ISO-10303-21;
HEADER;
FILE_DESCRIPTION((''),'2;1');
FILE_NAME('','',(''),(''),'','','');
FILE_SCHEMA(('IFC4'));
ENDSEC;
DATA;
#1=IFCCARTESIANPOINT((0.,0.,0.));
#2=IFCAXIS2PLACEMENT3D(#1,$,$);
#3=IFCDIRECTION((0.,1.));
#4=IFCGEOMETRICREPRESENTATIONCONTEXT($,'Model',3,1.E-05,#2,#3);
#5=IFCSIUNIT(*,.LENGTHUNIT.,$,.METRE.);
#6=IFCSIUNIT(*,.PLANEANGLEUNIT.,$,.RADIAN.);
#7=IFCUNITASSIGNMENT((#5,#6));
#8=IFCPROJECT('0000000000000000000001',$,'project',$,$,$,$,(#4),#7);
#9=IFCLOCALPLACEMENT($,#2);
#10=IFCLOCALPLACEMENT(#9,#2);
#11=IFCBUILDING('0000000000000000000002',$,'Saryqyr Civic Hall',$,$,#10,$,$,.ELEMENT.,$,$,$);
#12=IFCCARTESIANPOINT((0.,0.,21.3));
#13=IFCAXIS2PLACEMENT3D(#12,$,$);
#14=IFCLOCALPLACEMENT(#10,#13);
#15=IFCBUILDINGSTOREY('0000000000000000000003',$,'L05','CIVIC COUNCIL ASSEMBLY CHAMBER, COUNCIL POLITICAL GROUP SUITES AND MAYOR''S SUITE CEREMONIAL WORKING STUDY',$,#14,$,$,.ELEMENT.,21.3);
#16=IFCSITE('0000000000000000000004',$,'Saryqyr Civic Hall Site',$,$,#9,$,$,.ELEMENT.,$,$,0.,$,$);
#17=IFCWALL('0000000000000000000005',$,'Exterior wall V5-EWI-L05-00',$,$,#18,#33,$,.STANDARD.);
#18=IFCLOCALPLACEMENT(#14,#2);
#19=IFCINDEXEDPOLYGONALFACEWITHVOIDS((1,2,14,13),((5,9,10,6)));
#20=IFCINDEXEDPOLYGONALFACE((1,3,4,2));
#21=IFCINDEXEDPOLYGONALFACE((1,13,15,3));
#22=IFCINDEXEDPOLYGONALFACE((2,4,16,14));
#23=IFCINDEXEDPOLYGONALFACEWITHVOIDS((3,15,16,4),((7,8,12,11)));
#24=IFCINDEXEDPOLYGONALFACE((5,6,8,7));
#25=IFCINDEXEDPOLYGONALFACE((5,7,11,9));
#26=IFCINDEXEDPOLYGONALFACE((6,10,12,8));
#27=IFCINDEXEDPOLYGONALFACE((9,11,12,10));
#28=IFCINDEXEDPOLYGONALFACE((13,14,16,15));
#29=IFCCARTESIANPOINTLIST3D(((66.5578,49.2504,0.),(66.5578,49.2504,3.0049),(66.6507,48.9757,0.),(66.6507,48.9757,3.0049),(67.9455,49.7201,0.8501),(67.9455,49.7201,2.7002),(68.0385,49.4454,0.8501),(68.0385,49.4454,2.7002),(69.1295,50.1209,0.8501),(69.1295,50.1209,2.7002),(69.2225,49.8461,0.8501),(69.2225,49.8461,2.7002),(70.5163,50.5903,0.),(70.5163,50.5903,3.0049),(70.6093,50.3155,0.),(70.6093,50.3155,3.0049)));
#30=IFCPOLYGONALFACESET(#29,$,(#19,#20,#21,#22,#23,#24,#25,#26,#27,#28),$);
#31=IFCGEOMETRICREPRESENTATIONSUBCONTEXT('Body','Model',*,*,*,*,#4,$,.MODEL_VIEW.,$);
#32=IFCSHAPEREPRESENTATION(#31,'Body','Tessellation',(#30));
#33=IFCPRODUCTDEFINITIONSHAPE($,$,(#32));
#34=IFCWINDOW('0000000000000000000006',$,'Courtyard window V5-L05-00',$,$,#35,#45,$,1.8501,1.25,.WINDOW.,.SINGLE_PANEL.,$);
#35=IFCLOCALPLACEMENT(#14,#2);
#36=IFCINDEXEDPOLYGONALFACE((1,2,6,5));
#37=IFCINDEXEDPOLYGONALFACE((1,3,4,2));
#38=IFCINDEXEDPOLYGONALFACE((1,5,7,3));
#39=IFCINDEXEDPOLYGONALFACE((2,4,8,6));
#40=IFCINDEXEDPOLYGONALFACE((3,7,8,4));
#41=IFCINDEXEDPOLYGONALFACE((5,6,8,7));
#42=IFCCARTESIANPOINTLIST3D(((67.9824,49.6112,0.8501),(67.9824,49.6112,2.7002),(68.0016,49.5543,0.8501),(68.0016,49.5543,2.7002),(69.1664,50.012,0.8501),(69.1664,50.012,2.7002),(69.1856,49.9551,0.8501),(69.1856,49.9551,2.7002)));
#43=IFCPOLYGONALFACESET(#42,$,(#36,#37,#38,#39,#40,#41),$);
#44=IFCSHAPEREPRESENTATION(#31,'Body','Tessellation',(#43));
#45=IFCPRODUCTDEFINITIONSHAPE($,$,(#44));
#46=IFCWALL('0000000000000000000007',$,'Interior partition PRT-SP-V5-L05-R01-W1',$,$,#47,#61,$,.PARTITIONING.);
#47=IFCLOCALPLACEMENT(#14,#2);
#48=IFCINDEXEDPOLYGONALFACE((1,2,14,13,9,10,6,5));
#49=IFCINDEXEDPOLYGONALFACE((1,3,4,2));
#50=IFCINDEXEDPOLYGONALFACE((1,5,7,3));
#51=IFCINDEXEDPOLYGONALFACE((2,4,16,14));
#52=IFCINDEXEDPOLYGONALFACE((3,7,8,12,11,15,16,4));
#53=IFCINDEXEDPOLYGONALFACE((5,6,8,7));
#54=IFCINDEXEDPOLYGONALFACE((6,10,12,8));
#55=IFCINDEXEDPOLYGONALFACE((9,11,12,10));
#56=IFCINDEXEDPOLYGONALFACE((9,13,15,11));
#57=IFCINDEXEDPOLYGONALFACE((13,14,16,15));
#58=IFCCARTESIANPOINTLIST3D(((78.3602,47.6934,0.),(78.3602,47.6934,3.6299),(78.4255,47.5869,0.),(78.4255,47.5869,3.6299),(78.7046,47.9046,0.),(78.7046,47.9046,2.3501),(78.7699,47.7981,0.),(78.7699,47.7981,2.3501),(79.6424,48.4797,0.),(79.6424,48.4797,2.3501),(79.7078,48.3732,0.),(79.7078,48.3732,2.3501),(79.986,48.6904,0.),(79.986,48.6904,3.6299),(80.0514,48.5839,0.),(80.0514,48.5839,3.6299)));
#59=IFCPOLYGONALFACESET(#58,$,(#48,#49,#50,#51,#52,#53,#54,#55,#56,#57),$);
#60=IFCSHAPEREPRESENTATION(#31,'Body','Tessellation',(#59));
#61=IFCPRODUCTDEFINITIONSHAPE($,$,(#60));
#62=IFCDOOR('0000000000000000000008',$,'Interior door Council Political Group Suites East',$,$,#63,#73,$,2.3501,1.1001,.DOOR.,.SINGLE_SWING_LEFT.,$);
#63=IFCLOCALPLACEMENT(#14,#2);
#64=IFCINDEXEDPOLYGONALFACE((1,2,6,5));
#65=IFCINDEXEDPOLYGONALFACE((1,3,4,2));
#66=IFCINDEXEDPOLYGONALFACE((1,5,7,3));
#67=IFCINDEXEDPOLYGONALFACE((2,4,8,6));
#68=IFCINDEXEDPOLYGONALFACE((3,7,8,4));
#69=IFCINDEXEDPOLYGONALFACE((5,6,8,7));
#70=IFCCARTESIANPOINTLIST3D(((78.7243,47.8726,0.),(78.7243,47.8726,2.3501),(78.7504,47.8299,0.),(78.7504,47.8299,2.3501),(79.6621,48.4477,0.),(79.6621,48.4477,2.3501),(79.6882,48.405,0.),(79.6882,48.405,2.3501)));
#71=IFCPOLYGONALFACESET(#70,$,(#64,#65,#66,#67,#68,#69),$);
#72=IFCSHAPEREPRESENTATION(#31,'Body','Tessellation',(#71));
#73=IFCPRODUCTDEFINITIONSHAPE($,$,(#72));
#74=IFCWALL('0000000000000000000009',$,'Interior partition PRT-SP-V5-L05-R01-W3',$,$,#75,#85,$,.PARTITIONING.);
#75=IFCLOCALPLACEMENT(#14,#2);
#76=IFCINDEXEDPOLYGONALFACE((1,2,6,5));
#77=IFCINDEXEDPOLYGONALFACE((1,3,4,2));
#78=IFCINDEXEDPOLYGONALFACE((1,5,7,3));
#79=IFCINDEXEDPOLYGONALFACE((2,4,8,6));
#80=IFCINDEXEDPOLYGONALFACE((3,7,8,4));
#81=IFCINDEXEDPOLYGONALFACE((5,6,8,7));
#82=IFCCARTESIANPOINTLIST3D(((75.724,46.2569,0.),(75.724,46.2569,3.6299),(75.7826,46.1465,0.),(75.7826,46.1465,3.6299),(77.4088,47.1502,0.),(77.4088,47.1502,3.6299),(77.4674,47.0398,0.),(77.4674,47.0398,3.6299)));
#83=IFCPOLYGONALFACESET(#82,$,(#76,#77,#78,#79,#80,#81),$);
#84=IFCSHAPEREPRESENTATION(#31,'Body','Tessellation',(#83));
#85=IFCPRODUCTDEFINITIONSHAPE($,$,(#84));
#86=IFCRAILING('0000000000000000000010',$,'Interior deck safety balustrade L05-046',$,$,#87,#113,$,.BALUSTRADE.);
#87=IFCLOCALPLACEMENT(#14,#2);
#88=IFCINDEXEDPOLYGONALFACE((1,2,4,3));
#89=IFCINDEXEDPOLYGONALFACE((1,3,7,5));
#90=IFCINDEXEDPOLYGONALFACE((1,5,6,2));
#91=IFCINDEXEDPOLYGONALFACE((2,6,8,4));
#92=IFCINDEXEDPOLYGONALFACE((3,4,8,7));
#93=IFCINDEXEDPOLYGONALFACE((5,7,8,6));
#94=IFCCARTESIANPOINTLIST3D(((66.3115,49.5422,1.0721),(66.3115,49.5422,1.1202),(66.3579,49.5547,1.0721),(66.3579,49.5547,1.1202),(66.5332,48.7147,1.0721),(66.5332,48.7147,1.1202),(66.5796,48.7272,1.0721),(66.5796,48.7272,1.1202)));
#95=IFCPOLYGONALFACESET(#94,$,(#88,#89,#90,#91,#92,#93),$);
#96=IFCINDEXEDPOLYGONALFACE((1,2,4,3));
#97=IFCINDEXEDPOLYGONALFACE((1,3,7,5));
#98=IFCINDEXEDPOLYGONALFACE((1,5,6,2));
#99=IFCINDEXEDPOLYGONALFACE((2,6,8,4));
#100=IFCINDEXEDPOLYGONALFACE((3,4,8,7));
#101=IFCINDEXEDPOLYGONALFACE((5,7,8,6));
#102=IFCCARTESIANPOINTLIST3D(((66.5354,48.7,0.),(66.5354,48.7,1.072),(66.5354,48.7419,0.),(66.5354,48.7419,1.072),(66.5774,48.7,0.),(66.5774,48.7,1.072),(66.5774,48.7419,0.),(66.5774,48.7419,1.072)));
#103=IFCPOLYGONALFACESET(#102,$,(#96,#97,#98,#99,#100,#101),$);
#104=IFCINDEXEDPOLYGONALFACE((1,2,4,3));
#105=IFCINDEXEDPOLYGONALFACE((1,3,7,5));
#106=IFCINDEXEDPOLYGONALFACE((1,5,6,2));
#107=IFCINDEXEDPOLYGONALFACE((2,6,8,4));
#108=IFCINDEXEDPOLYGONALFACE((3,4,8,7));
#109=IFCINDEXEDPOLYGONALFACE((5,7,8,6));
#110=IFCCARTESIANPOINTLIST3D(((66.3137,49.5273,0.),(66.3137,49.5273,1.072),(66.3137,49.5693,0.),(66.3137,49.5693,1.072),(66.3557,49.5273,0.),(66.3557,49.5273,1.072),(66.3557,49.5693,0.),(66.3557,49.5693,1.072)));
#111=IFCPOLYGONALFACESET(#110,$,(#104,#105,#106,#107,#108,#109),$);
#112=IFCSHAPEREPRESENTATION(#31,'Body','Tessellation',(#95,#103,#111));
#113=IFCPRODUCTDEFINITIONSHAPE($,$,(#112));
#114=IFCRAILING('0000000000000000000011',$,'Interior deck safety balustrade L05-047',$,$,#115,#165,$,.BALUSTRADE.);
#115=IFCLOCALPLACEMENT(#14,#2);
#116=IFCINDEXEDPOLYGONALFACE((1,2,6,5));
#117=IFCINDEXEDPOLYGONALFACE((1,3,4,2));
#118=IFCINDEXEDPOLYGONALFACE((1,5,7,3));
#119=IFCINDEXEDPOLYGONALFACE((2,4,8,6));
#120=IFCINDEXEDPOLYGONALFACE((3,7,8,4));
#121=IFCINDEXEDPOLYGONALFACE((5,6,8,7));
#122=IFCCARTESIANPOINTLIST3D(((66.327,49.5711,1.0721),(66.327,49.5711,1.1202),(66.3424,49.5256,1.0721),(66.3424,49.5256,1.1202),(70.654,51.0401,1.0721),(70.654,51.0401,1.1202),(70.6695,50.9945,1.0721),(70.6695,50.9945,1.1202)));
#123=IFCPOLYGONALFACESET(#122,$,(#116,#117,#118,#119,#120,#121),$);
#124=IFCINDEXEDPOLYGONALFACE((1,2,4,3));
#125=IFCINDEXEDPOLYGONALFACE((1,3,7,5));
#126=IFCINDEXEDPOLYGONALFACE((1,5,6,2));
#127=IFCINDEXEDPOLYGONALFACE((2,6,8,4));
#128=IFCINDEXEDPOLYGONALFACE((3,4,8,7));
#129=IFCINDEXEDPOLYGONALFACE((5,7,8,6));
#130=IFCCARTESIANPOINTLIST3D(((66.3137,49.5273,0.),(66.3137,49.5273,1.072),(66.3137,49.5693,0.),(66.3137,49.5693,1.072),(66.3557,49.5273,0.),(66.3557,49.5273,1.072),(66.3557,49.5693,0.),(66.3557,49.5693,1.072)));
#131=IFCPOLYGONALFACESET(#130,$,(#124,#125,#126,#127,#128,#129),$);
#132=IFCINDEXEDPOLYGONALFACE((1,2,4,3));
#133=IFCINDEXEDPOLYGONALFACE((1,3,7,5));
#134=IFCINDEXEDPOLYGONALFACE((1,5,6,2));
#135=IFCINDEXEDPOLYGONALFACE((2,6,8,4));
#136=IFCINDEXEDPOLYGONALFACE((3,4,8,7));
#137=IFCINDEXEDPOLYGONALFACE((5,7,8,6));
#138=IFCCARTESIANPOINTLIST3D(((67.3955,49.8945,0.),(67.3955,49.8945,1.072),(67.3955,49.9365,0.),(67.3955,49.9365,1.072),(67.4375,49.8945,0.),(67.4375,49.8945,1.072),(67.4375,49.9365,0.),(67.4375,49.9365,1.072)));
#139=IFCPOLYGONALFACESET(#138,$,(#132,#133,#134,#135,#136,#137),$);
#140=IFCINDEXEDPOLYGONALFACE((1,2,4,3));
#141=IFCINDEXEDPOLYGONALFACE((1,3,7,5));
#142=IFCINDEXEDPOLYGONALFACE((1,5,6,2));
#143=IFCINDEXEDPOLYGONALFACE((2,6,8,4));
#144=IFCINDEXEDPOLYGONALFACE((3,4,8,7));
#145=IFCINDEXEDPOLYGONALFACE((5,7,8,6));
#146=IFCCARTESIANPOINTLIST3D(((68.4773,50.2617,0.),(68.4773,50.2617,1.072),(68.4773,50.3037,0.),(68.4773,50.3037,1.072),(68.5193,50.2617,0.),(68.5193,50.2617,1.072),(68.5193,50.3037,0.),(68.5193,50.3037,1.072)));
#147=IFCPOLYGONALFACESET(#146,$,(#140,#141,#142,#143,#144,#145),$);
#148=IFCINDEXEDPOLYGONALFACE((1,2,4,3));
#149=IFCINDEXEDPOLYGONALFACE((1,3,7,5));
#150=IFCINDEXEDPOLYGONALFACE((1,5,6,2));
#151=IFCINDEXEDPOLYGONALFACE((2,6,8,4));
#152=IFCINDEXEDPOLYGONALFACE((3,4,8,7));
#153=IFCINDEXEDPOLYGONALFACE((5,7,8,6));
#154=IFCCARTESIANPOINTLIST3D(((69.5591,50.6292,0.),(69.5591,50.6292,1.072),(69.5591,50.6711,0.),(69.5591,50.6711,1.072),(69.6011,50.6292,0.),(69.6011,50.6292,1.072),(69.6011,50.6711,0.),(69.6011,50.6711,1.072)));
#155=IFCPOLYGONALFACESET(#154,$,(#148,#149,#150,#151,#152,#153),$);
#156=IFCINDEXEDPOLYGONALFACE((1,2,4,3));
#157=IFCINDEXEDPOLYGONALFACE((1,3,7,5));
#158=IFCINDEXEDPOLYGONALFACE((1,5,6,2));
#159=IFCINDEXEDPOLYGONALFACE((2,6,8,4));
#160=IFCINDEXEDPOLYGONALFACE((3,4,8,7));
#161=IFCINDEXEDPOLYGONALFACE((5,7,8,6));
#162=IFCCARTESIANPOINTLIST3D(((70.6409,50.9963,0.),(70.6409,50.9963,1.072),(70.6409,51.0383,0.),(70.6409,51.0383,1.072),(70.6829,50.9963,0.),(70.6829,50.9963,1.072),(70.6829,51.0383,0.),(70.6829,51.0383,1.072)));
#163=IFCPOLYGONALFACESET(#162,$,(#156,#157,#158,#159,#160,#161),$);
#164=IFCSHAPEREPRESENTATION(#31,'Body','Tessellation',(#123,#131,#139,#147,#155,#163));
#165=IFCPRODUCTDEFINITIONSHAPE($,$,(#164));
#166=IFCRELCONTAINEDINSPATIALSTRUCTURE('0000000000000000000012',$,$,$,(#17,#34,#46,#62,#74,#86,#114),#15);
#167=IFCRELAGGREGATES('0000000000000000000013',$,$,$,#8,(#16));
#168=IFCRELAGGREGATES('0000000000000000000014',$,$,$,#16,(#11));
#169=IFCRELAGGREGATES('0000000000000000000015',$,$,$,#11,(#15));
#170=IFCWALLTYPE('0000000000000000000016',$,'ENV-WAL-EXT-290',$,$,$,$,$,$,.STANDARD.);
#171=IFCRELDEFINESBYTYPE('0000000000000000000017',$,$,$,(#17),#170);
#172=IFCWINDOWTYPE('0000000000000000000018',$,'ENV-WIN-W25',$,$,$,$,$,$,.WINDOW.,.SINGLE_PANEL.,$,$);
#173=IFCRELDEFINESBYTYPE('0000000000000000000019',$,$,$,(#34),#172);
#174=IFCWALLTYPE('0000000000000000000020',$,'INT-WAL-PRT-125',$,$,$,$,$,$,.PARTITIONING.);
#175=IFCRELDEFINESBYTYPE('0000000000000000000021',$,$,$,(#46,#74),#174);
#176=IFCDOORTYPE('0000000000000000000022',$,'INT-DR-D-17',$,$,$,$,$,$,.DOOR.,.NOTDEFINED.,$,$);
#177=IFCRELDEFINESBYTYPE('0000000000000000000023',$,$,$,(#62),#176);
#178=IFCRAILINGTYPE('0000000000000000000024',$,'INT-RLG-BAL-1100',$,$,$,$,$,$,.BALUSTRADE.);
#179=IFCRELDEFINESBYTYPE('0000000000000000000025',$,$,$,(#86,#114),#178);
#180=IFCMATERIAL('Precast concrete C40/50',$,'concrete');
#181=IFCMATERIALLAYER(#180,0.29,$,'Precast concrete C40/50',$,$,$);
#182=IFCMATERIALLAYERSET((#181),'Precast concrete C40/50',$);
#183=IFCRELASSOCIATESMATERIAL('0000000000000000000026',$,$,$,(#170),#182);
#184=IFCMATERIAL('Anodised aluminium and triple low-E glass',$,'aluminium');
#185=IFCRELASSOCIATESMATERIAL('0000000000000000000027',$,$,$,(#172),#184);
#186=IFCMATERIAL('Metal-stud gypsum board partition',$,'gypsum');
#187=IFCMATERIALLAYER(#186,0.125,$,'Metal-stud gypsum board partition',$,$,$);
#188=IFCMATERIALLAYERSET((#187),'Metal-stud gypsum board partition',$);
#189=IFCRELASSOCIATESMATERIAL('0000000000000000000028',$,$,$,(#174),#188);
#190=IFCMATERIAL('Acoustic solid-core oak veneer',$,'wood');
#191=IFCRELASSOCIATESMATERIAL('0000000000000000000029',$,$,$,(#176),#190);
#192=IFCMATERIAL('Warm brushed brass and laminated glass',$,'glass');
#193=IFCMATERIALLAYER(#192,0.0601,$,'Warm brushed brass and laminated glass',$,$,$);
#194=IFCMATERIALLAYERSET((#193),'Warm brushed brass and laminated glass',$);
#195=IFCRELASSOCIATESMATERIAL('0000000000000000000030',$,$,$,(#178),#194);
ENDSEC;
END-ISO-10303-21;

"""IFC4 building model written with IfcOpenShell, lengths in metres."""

from ifc_helpers import new_model, si_unit, direction, frame, frame_2d, origin, origin_2d, place, context, subcontext, project, spatial, rectangle, extrude, material, layer, layer_set, type_object, element, fill, save


model = new_model("IFC4")

# Units and contexts
model_context = context("Model", 3, precision=1e-05, world=origin(), true_north=direction((0.0, 1.0)))
body_context = subcontext(model_context, "Body", "Model", "MODEL_VIEW")
ifc_project = project(units=[si_unit("LENGTHUNIT", "METRE"), si_unit("PLANEANGLEUNIT", "RADIAN")], contexts=[model_context])

# Site, building, storey
site_placement = place(None, origin())
site = spatial("IfcSite", under=ifc_project, at=site_placement, Name="Saryqyr Civic Hall Site", CompositionType="ELEMENT", RefElevation=0.0)
building_placement = place(site_placement, origin())
building = spatial("IfcBuilding", under=site, at=building_placement, Name="Saryqyr Civic Hall", CompositionType="ELEMENT")
storey_placement = place(building_placement, frame((0.0, 0.0, 21.3)))
storey = spatial("IfcBuildingStorey", under=building, at=storey_placement, Name="L05", Description="CIVIC COUNCIL ASSEMBLY CHAMBER, COUNCIL POLITICAL GROUP SUITES AND MAYOR'S SUITE CEREMONIAL WORKING STUDY", CompositionType="ELEMENT", Elevation=21.3)

# Wall, opening, window
ifc_material_1 = material(Name="Precast concrete C40/50", Category="concrete")
ifc_layer_1 = layer(ifc_material_1, 0.29, Name="Precast concrete C40/50")
ifc_layer_set_1 = layer_set([ifc_layer_1], Name="Precast concrete C40/50")
wall_type_1 = type_object("IfcWallType", Name="ENV-WAL-EXT-290", PredefinedType="STANDARD", material=ifc_layer_set_1)
wall_1_placement = place(storey_placement, frame((66.6042, 49.113, 0.0), z_axis=(0.0, 0.0, 1.0), x_axis=(0.947213, 0.320606, 0.0)))
wall_1 = element("IfcWall", 1, at=wall_1_placement, inside=storey, type_object=wall_type_1, Name="Exterior wall V5-EWI-L05-00", PredefinedType="STANDARD", context=body_context, shape_type="SweptSolid", body=[
    extrude(rectangle(XDim=4.1792, YDim=0.29, at=frame_2d((2.0896, 0.0))), origin(), (0.0, 0.0, 1.0), 3.0049),
])
opening_1_placement = place(wall_1_placement, frame((1.4651, 0.0, 0.8501)))
opening_1 = element("IfcOpeningElement", 2, at=opening_1_placement, cuts=wall_1, PredefinedType="OPENING", context=body_context, shape_type="SweptSolid", body=[
    extrude(rectangle(XDim=1.25, YDim=1.8501, at=frame_2d((0.625, 0.925))), frame((0.0, 0.155, 0.0), z_axis=(0.0, -1.0, 0.0), x_axis=(1.0, 0.0, 0.0)), (0.0, 0.0, 1.0), 0.3101),
])
ifc_material_2 = material(Name="Anodised aluminium and triple low-E glass", Category="aluminium")
window_type = type_object("IfcWindowType", Name="ENV-WIN-W25", PartitioningType="SINGLE_PANEL", PredefinedType="WINDOW", material=ifc_material_2)
window_placement = place(opening_1_placement, origin())
window = element("IfcWindow", 3, at=window_placement, inside=storey, type_object=window_type, Name="Courtyard window V5-L05-00", OverallHeight=1.8501, OverallWidth=1.25, PartitioningType="SINGLE_PANEL", PredefinedType="WINDOW", context=body_context, shape_type="SweptSolid", body=[
    extrude(rectangle(XDim=1.25, YDim=1.8501, at=frame_2d((0.625, 0.925))), frame((0.0, 0.03, 0.0), z_axis=(0.0, -1.0, 0.0), x_axis=(1.0, 0.0, 0.0)), (0.0, 0.0, 1.0), 0.0601),
])
fill(opening_1, window)

# Wall, opening, door
ifc_material_3 = material(Name="Metal-stud gypsum board partition", Category="gypsum")
ifc_layer_2 = layer(ifc_material_3, 0.125, Name="Metal-stud gypsum board partition")
ifc_layer_set_2 = layer_set([ifc_layer_2], Name="Metal-stud gypsum board partition")
wall_type_2 = type_object("IfcWallType", Name="INT-WAL-PRT-125", PredefinedType="PARTITIONING", material=ifc_layer_set_2)
wall_2_placement = place(storey_placement, frame((78.3928, 47.6401, 0.0), z_axis=(0.0, 0.0, 1.0), x_axis=(0.852483, 0.522754, 0.0)))
wall_2 = element("IfcWall", 4, at=wall_2_placement, inside=storey, type_object=wall_type_2, Name="Interior partition PRT-SP-V5-L05-R01-W1", PredefinedType="PARTITIONING", context=body_context, shape_type="SweptSolid", body=[
    extrude(rectangle(XDim=1.9072, YDim=0.125, at=frame_2d((0.9536, 0.0))), origin(), (0.0, 0.0, 1.0), 3.6299),
])
opening_2_placement = place(wall_2_placement, frame((0.4041, 0.0, 0.0)))
opening_2 = element("IfcOpeningElement", 5, at=opening_2_placement, cuts=wall_2, PredefinedType="OPENING", context=body_context, shape_type="SweptSolid", body=[
    extrude(rectangle(XDim=1.1001, YDim=2.3501, at=frame_2d((0.55, 1.175))), frame((0.0, 0.0725, 0.0), z_axis=(0.0, -1.0, 0.0), x_axis=(1.0, 0.0, 0.0)), (0.0, 0.0, 1.0), 0.145),
])
ifc_material_4 = material(Name="Acoustic solid-core oak veneer", Category="wood")
door_type = type_object("IfcDoorType", Name="INT-DR-D-17", OperationType="NOTDEFINED", PredefinedType="DOOR", material=ifc_material_4)
door_placement = place(opening_2_placement, origin())
door = element("IfcDoor", 6, at=door_placement, inside=storey, type_object=door_type, Name="Interior door Council Political Group Suites East", OperationType="SINGLE_SWING_LEFT", OverallHeight=2.3501, OverallWidth=1.1001, PredefinedType="DOOR", context=body_context, shape_type="SweptSolid", body=[
    extrude(rectangle(XDim=1.1001, YDim=2.3501, at=frame_2d((0.55, 1.175))), frame((0.0, 0.0249, 0.0), z_axis=(0.0, -1.0, 0.0), x_axis=(1.0, 0.0, 0.0)), (0.0, 0.0, 1.0), 0.05),
])
fill(opening_2, door)

# Wall
wall_3_placement = place(storey_placement, frame((75.7532, 46.2017, 0.0), z_axis=(0.0, 0.0, 1.0), x_axis=(0.883495, 0.468441, 0.0)))
element("IfcWall", 7, at=wall_3_placement, inside=storey, type_object=wall_type_2, Name="Interior partition PRT-SP-V5-L05-R01-W3", PredefinedType="PARTITIONING", context=body_context, shape_type="SweptSolid", body=[
    extrude(rectangle(XDim=1.907, YDim=0.125, at=frame_2d((0.9536, 0.0))), origin(), (0.0, 0.0, 1.0), 3.6299),
])

# Railings
ifc_material_5 = material(Name="Warm brushed brass and laminated glass", Category="glass")
ifc_layer_3 = layer(ifc_material_5, 0.0601, Name="Warm brushed brass and laminated glass")
ifc_layer_set_3 = layer_set([ifc_layer_3], Name="Warm brushed brass and laminated glass")
railing_type = type_object("IfcRailingType", Name="INT-RLG-BAL-1100", PredefinedType="BALUSTRADE", material=ifc_layer_set_3)
railing_1_placement = place(storey_placement, frame((66.5564, 48.7209, 0.0)))
element("IfcRailing", 8, at=railing_1_placement, inside=storey, type_object=railing_type, Name="Interior deck safety balustrade L05-046", PredefinedType="BALUSTRADE", context=body_context, shape_type="SweptSolid", body=[
    extrude(rectangle(XDim=0.0481, YDim=0.0481, at=origin_2d()), frame((0.0, 0.0, 1.0962), z_axis=(-0.258798, 0.965932, 0.0), x_axis=(-0.965932, -0.258798, 0.0)), (0.0, 0.0, 1.0), 0.8567),
    extrude(rectangle(XDim=0.042, YDim=0.042, at=origin_2d()), origin(), (0.0, 0.0, 1.0), 1.072),
    extrude(rectangle(XDim=0.042, YDim=0.042, at=origin_2d()), frame((-0.2217, 0.8274, 0.0)), (0.0, 0.0, 1.0), 1.072),
])
railing_2_placement = place(storey_placement, frame((66.3347, 49.5483, 0.0)))
element("IfcRailing", 9, at=railing_2_placement, inside=storey, type_object=railing_type, Name="Interior deck safety balustrade L05-047", PredefinedType="BALUSTRADE", context=body_context, shape_type="SweptSolid", body=[
    extrude(rectangle(XDim=0.0481, YDim=0.0481, at=origin_2d()), frame((0.0, 0.0, 1.0962), z_axis=(0.946922, 0.321464, 0.0), x_axis=(-0.321464, 0.946922, 0.0)), (0.0, 0.0, 1.0), 4.5696),
    extrude(rectangle(XDim=0.042, YDim=0.042, at=origin_2d()), origin(), (0.0, 0.0, 1.0), 1.072),
    extrude(rectangle(XDim=0.042, YDim=0.042, at=origin_2d()), frame((1.0818, 0.3672, 0.0)), (0.0, 0.0, 1.0), 1.072),
    extrude(rectangle(XDim=0.042, YDim=0.042, at=origin_2d()), frame((2.1636, 0.7344, 0.0)), (0.0, 0.0, 1.0), 1.072),
    extrude(rectangle(XDim=0.042, YDim=0.042, at=origin_2d()), frame((3.2454, 1.1018, 0.0)), (0.0, 0.0, 1.0), 1.072),
    extrude(rectangle(XDim=0.042, YDim=0.042, at=origin_2d()), frame((4.3271, 1.469, 0.0)), (0.0, 0.0, 1.0), 1.072),
])

save(model, "model.ifc")
